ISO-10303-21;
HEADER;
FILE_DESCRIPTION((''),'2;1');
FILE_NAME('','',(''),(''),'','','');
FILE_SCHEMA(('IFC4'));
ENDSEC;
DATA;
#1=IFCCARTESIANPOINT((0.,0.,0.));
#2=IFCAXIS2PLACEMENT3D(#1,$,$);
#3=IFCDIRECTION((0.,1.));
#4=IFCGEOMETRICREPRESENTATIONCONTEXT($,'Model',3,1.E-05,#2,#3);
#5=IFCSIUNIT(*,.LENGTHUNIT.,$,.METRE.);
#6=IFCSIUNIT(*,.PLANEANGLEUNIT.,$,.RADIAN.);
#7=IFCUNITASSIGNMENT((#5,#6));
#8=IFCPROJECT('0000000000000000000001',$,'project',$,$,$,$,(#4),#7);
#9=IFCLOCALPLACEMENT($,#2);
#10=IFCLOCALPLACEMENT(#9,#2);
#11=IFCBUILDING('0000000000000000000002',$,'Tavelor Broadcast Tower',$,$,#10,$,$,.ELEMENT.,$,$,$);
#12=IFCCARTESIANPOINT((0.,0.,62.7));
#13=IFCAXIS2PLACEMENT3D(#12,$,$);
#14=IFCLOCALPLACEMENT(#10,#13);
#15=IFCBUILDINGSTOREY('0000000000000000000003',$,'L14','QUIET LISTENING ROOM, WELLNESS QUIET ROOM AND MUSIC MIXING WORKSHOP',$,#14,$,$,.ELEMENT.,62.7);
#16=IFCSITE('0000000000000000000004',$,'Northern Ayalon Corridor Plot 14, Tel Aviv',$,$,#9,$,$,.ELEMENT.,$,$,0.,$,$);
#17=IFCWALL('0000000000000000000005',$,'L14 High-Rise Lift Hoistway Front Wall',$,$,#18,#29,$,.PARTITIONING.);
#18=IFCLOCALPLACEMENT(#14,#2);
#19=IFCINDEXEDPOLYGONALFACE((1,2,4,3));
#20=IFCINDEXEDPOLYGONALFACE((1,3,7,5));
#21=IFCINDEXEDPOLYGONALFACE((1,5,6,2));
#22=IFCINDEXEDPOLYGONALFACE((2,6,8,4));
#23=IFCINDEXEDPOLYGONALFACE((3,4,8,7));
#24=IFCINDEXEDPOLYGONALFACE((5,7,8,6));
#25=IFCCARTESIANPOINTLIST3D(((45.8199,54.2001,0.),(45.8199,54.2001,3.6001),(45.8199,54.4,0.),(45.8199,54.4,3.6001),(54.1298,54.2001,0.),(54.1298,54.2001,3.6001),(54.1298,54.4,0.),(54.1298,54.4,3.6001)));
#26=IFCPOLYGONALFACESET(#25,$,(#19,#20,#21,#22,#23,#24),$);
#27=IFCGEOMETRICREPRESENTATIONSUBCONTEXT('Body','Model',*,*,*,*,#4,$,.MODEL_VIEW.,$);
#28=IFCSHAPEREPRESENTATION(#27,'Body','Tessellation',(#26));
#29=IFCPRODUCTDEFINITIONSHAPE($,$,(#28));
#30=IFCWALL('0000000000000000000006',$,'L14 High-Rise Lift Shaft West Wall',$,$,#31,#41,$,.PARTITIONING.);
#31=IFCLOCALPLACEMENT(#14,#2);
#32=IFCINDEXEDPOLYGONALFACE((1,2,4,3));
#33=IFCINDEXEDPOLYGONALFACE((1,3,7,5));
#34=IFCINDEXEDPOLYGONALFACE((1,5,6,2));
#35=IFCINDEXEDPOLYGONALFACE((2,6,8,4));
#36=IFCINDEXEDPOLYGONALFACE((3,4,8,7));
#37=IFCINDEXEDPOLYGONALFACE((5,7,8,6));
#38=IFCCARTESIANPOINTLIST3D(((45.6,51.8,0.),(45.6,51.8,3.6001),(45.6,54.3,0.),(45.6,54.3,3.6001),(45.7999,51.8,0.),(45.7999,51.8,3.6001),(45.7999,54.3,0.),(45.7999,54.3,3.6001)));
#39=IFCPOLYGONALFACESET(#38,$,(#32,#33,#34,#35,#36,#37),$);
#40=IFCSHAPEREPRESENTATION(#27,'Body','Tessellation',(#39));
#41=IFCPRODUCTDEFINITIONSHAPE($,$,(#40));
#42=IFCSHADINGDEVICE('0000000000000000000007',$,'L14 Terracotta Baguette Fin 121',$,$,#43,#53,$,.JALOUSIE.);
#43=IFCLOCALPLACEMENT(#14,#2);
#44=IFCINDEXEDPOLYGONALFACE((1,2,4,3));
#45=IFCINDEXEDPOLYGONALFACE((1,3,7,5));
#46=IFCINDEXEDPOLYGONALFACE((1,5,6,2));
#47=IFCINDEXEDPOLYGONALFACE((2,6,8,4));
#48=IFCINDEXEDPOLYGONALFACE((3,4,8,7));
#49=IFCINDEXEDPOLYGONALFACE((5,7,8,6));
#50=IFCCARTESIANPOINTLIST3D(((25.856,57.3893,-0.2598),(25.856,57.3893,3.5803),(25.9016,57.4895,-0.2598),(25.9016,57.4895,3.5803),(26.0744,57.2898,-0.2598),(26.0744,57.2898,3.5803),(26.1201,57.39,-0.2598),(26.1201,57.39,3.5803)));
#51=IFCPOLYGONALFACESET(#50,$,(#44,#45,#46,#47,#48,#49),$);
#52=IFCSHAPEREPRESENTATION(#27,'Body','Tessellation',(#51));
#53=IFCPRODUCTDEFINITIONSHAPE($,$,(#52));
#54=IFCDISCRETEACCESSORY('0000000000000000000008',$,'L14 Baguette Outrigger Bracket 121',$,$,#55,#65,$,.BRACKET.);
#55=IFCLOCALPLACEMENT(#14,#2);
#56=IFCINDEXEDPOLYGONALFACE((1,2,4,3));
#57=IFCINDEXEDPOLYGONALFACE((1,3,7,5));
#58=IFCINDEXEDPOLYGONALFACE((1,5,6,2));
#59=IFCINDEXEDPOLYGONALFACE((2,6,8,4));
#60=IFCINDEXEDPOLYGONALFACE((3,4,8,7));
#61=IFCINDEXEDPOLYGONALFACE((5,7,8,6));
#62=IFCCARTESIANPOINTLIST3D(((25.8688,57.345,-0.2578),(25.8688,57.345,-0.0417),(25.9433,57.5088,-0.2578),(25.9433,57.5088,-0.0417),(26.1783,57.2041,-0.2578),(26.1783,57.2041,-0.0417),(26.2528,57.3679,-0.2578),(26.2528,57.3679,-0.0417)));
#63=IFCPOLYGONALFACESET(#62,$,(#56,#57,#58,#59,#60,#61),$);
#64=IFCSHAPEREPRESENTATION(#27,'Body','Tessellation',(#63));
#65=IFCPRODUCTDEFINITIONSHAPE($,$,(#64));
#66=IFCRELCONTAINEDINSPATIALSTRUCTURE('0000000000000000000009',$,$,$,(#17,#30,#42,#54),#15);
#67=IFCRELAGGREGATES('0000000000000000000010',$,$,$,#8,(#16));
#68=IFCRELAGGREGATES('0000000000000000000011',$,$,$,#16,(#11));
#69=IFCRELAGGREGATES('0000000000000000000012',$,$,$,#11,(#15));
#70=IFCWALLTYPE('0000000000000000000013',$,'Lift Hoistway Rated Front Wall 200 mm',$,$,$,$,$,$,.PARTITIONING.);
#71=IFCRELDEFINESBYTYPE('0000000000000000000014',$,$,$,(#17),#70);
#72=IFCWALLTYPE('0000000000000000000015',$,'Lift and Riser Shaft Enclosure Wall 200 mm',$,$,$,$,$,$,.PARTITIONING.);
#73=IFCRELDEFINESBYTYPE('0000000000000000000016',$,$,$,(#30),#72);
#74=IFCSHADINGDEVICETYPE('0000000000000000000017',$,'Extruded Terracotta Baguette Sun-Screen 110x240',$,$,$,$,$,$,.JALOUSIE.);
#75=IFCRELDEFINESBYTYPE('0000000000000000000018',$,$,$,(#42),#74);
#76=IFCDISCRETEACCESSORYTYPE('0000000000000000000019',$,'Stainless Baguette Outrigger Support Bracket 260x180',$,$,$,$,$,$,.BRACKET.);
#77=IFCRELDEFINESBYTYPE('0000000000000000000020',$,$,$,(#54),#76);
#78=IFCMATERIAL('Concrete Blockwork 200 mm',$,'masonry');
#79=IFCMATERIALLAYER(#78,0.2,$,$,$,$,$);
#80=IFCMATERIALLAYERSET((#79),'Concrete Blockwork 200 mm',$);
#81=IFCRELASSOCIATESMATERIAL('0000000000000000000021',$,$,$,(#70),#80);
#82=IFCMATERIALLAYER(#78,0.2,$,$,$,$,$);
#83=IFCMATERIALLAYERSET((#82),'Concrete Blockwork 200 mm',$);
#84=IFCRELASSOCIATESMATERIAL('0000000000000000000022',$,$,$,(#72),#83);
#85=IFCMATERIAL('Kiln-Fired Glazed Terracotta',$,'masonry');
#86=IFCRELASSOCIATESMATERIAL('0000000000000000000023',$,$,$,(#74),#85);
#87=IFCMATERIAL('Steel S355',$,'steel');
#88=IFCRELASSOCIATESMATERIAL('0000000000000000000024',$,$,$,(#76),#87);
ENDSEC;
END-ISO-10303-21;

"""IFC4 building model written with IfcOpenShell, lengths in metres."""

from ifc_helpers import new_model, si_unit, direction, frame, frame_2d, origin, origin_2d, place, context, subcontext, project, spatial, rectangle, extrude, source, transform, mapped, material, layer, layer_set, type_object, type_shapes, element, save


model = new_model("IFC4")

# Units and contexts
model_context = context("Model", 3, precision=1e-05, world=origin(), true_north=direction((0.0, 1.0)))
body_context = subcontext(model_context, "Body", "Model", "MODEL_VIEW")
ifc_project = project(units=[si_unit("LENGTHUNIT", "METRE"), si_unit("PLANEANGLEUNIT", "RADIAN")], contexts=[model_context])

# Site, building, storey
site_placement = place(None, origin())
site = spatial("IfcSite", under=ifc_project, at=site_placement, Name="Northern Ayalon Corridor Plot 14, Tel Aviv", CompositionType="ELEMENT", RefElevation=0.0)
building_placement = place(site_placement, origin())
building = spatial("IfcBuilding", under=site, at=building_placement, Name="Tavelor Broadcast Tower", CompositionType="ELEMENT")
storey_placement = place(building_placement, frame((0.0, 0.0, 62.7)))
storey = spatial("IfcBuildingStorey", under=building, at=storey_placement, Name="L14", Description="QUIET LISTENING ROOM, WELLNESS QUIET ROOM AND MUSIC MIXING WORKSHOP", CompositionType="ELEMENT", Elevation=62.7)

# Shared definitions
ifc_material_1 = material(Name="Steel S355", Category="steel")

# Walls
ifc_material_2 = material(Name="Concrete Blockwork 200 mm", Category="masonry")
ifc_layer_1 = layer(ifc_material_2, 0.2)
ifc_layer_set_1 = layer_set([ifc_layer_1], Name="Concrete Blockwork 200 mm")
wall_type_1 = type_object("IfcWallType", Name="Lift Hoistway Rated Front Wall 200 mm", PredefinedType="PARTITIONING", material=ifc_layer_set_1)
wall_1_placement = place(storey_placement, frame((45.8201, 54.3, 0.0), z_axis=(0.0, 0.0, 1.0), x_axis=(1.0, 0.0, 0.0)))
element("IfcWall", 1, at=wall_1_placement, inside=storey, type_object=wall_type_1, Name="L14 High-Rise Lift Hoistway Front Wall", PredefinedType="PARTITIONING", context=body_context, shape_type="SweptSolid", body=[
    extrude(rectangle(XDim=8.3098, YDim=0.2, at=frame_2d((4.1548, 0.0))), origin(), (0.0, 0.0, 1.0), 3.6001),
])
ifc_layer_2 = layer(ifc_material_2, 0.2)
ifc_layer_set_2 = layer_set([ifc_layer_2], Name="Concrete Blockwork 200 mm")
wall_type_2 = type_object("IfcWallType", Name="Lift and Riser Shaft Enclosure Wall 200 mm", PredefinedType="PARTITIONING", material=ifc_layer_set_2)
wall_2_placement = place(storey_placement, frame((45.7, 51.8, 0.0), z_axis=(0.0, 0.0, 1.0), x_axis=(0.0, 1.0, 0.0)))
element("IfcWall", 2, at=wall_2_placement, inside=storey, type_object=wall_type_2, Name="L14 High-Rise Lift Shaft West Wall", PredefinedType="PARTITIONING", context=body_context, shape_type="SweptSolid", body=[
    extrude(rectangle(XDim=2.5, YDim=0.2, at=frame_2d((1.25, 0.0))), origin(), (0.0, 0.0, 1.0), 3.6001),
])

# Shading device
ifc_material_3 = material(Name="Kiln-Fired Glazed Terracotta", Category="masonry")
shading_device_type = type_object("IfcShadingDeviceType", Name="Extruded Terracotta Baguette Sun-Screen 110x240", PredefinedType="JALOUSIE", material=ifc_material_3)
shared_shape_1 = source(origin(), body_context, "Body", "SweptSolid", [
    extrude(rectangle(XDim=0.1101, YDim=0.24, at=origin_2d()), origin(), (0.0, 0.0, 1.0), 3.8401),
])
type_shapes(shading_device_type, [shared_shape_1])
shading_device_placement = place(storey_placement, frame((25.988, 57.3896, -0.2598), z_axis=(0.0, 0.0, 1.0), x_axis=(-0.414376, -0.910106, 0.0)))
element("IfcShadingDevice", 3, at=shading_device_placement, inside=storey, type_object=shading_device_type, Name="L14 Terracotta Baguette Fin 121", PredefinedType="JALOUSIE", context=body_context, shape_type="MappedRepresentation", body=[
    mapped(shared_shape_1, transform((0.0, 0.0, 0.0), scale=1.0)),
])

# Discrete accessory
discrete_accessory_type = type_object("IfcDiscreteAccessoryType", Name="Stainless Baguette Outrigger Support Bracket 260x180", PredefinedType="BRACKET", material=ifc_material_1)
shared_shape_2 = source(origin(), body_context, "Body", "SweptSolid", [
    extrude(rectangle(XDim=0.1799, YDim=0.3401, at=origin_2d()), origin(), (0.0, 0.0, 1.0), 0.2161),
])
type_shapes(discrete_accessory_type, [shared_shape_2])
discrete_accessory_placement = place(storey_placement, frame((26.0608, 57.3564, -0.2578), z_axis=(0.0, 0.0, 1.0), x_axis=(-0.414376, -0.910106, 0.0)))
element("IfcDiscreteAccessory", 4, at=discrete_accessory_placement, inside=storey, type_object=discrete_accessory_type, Name="L14 Baguette Outrigger Bracket 121", PredefinedType="BRACKET", context=body_context, shape_type="MappedRepresentation", body=[
    mapped(shared_shape_2, transform((0.0, 0.0, 0.0), scale=1.0)),
])

save(model, "model.ifc")
